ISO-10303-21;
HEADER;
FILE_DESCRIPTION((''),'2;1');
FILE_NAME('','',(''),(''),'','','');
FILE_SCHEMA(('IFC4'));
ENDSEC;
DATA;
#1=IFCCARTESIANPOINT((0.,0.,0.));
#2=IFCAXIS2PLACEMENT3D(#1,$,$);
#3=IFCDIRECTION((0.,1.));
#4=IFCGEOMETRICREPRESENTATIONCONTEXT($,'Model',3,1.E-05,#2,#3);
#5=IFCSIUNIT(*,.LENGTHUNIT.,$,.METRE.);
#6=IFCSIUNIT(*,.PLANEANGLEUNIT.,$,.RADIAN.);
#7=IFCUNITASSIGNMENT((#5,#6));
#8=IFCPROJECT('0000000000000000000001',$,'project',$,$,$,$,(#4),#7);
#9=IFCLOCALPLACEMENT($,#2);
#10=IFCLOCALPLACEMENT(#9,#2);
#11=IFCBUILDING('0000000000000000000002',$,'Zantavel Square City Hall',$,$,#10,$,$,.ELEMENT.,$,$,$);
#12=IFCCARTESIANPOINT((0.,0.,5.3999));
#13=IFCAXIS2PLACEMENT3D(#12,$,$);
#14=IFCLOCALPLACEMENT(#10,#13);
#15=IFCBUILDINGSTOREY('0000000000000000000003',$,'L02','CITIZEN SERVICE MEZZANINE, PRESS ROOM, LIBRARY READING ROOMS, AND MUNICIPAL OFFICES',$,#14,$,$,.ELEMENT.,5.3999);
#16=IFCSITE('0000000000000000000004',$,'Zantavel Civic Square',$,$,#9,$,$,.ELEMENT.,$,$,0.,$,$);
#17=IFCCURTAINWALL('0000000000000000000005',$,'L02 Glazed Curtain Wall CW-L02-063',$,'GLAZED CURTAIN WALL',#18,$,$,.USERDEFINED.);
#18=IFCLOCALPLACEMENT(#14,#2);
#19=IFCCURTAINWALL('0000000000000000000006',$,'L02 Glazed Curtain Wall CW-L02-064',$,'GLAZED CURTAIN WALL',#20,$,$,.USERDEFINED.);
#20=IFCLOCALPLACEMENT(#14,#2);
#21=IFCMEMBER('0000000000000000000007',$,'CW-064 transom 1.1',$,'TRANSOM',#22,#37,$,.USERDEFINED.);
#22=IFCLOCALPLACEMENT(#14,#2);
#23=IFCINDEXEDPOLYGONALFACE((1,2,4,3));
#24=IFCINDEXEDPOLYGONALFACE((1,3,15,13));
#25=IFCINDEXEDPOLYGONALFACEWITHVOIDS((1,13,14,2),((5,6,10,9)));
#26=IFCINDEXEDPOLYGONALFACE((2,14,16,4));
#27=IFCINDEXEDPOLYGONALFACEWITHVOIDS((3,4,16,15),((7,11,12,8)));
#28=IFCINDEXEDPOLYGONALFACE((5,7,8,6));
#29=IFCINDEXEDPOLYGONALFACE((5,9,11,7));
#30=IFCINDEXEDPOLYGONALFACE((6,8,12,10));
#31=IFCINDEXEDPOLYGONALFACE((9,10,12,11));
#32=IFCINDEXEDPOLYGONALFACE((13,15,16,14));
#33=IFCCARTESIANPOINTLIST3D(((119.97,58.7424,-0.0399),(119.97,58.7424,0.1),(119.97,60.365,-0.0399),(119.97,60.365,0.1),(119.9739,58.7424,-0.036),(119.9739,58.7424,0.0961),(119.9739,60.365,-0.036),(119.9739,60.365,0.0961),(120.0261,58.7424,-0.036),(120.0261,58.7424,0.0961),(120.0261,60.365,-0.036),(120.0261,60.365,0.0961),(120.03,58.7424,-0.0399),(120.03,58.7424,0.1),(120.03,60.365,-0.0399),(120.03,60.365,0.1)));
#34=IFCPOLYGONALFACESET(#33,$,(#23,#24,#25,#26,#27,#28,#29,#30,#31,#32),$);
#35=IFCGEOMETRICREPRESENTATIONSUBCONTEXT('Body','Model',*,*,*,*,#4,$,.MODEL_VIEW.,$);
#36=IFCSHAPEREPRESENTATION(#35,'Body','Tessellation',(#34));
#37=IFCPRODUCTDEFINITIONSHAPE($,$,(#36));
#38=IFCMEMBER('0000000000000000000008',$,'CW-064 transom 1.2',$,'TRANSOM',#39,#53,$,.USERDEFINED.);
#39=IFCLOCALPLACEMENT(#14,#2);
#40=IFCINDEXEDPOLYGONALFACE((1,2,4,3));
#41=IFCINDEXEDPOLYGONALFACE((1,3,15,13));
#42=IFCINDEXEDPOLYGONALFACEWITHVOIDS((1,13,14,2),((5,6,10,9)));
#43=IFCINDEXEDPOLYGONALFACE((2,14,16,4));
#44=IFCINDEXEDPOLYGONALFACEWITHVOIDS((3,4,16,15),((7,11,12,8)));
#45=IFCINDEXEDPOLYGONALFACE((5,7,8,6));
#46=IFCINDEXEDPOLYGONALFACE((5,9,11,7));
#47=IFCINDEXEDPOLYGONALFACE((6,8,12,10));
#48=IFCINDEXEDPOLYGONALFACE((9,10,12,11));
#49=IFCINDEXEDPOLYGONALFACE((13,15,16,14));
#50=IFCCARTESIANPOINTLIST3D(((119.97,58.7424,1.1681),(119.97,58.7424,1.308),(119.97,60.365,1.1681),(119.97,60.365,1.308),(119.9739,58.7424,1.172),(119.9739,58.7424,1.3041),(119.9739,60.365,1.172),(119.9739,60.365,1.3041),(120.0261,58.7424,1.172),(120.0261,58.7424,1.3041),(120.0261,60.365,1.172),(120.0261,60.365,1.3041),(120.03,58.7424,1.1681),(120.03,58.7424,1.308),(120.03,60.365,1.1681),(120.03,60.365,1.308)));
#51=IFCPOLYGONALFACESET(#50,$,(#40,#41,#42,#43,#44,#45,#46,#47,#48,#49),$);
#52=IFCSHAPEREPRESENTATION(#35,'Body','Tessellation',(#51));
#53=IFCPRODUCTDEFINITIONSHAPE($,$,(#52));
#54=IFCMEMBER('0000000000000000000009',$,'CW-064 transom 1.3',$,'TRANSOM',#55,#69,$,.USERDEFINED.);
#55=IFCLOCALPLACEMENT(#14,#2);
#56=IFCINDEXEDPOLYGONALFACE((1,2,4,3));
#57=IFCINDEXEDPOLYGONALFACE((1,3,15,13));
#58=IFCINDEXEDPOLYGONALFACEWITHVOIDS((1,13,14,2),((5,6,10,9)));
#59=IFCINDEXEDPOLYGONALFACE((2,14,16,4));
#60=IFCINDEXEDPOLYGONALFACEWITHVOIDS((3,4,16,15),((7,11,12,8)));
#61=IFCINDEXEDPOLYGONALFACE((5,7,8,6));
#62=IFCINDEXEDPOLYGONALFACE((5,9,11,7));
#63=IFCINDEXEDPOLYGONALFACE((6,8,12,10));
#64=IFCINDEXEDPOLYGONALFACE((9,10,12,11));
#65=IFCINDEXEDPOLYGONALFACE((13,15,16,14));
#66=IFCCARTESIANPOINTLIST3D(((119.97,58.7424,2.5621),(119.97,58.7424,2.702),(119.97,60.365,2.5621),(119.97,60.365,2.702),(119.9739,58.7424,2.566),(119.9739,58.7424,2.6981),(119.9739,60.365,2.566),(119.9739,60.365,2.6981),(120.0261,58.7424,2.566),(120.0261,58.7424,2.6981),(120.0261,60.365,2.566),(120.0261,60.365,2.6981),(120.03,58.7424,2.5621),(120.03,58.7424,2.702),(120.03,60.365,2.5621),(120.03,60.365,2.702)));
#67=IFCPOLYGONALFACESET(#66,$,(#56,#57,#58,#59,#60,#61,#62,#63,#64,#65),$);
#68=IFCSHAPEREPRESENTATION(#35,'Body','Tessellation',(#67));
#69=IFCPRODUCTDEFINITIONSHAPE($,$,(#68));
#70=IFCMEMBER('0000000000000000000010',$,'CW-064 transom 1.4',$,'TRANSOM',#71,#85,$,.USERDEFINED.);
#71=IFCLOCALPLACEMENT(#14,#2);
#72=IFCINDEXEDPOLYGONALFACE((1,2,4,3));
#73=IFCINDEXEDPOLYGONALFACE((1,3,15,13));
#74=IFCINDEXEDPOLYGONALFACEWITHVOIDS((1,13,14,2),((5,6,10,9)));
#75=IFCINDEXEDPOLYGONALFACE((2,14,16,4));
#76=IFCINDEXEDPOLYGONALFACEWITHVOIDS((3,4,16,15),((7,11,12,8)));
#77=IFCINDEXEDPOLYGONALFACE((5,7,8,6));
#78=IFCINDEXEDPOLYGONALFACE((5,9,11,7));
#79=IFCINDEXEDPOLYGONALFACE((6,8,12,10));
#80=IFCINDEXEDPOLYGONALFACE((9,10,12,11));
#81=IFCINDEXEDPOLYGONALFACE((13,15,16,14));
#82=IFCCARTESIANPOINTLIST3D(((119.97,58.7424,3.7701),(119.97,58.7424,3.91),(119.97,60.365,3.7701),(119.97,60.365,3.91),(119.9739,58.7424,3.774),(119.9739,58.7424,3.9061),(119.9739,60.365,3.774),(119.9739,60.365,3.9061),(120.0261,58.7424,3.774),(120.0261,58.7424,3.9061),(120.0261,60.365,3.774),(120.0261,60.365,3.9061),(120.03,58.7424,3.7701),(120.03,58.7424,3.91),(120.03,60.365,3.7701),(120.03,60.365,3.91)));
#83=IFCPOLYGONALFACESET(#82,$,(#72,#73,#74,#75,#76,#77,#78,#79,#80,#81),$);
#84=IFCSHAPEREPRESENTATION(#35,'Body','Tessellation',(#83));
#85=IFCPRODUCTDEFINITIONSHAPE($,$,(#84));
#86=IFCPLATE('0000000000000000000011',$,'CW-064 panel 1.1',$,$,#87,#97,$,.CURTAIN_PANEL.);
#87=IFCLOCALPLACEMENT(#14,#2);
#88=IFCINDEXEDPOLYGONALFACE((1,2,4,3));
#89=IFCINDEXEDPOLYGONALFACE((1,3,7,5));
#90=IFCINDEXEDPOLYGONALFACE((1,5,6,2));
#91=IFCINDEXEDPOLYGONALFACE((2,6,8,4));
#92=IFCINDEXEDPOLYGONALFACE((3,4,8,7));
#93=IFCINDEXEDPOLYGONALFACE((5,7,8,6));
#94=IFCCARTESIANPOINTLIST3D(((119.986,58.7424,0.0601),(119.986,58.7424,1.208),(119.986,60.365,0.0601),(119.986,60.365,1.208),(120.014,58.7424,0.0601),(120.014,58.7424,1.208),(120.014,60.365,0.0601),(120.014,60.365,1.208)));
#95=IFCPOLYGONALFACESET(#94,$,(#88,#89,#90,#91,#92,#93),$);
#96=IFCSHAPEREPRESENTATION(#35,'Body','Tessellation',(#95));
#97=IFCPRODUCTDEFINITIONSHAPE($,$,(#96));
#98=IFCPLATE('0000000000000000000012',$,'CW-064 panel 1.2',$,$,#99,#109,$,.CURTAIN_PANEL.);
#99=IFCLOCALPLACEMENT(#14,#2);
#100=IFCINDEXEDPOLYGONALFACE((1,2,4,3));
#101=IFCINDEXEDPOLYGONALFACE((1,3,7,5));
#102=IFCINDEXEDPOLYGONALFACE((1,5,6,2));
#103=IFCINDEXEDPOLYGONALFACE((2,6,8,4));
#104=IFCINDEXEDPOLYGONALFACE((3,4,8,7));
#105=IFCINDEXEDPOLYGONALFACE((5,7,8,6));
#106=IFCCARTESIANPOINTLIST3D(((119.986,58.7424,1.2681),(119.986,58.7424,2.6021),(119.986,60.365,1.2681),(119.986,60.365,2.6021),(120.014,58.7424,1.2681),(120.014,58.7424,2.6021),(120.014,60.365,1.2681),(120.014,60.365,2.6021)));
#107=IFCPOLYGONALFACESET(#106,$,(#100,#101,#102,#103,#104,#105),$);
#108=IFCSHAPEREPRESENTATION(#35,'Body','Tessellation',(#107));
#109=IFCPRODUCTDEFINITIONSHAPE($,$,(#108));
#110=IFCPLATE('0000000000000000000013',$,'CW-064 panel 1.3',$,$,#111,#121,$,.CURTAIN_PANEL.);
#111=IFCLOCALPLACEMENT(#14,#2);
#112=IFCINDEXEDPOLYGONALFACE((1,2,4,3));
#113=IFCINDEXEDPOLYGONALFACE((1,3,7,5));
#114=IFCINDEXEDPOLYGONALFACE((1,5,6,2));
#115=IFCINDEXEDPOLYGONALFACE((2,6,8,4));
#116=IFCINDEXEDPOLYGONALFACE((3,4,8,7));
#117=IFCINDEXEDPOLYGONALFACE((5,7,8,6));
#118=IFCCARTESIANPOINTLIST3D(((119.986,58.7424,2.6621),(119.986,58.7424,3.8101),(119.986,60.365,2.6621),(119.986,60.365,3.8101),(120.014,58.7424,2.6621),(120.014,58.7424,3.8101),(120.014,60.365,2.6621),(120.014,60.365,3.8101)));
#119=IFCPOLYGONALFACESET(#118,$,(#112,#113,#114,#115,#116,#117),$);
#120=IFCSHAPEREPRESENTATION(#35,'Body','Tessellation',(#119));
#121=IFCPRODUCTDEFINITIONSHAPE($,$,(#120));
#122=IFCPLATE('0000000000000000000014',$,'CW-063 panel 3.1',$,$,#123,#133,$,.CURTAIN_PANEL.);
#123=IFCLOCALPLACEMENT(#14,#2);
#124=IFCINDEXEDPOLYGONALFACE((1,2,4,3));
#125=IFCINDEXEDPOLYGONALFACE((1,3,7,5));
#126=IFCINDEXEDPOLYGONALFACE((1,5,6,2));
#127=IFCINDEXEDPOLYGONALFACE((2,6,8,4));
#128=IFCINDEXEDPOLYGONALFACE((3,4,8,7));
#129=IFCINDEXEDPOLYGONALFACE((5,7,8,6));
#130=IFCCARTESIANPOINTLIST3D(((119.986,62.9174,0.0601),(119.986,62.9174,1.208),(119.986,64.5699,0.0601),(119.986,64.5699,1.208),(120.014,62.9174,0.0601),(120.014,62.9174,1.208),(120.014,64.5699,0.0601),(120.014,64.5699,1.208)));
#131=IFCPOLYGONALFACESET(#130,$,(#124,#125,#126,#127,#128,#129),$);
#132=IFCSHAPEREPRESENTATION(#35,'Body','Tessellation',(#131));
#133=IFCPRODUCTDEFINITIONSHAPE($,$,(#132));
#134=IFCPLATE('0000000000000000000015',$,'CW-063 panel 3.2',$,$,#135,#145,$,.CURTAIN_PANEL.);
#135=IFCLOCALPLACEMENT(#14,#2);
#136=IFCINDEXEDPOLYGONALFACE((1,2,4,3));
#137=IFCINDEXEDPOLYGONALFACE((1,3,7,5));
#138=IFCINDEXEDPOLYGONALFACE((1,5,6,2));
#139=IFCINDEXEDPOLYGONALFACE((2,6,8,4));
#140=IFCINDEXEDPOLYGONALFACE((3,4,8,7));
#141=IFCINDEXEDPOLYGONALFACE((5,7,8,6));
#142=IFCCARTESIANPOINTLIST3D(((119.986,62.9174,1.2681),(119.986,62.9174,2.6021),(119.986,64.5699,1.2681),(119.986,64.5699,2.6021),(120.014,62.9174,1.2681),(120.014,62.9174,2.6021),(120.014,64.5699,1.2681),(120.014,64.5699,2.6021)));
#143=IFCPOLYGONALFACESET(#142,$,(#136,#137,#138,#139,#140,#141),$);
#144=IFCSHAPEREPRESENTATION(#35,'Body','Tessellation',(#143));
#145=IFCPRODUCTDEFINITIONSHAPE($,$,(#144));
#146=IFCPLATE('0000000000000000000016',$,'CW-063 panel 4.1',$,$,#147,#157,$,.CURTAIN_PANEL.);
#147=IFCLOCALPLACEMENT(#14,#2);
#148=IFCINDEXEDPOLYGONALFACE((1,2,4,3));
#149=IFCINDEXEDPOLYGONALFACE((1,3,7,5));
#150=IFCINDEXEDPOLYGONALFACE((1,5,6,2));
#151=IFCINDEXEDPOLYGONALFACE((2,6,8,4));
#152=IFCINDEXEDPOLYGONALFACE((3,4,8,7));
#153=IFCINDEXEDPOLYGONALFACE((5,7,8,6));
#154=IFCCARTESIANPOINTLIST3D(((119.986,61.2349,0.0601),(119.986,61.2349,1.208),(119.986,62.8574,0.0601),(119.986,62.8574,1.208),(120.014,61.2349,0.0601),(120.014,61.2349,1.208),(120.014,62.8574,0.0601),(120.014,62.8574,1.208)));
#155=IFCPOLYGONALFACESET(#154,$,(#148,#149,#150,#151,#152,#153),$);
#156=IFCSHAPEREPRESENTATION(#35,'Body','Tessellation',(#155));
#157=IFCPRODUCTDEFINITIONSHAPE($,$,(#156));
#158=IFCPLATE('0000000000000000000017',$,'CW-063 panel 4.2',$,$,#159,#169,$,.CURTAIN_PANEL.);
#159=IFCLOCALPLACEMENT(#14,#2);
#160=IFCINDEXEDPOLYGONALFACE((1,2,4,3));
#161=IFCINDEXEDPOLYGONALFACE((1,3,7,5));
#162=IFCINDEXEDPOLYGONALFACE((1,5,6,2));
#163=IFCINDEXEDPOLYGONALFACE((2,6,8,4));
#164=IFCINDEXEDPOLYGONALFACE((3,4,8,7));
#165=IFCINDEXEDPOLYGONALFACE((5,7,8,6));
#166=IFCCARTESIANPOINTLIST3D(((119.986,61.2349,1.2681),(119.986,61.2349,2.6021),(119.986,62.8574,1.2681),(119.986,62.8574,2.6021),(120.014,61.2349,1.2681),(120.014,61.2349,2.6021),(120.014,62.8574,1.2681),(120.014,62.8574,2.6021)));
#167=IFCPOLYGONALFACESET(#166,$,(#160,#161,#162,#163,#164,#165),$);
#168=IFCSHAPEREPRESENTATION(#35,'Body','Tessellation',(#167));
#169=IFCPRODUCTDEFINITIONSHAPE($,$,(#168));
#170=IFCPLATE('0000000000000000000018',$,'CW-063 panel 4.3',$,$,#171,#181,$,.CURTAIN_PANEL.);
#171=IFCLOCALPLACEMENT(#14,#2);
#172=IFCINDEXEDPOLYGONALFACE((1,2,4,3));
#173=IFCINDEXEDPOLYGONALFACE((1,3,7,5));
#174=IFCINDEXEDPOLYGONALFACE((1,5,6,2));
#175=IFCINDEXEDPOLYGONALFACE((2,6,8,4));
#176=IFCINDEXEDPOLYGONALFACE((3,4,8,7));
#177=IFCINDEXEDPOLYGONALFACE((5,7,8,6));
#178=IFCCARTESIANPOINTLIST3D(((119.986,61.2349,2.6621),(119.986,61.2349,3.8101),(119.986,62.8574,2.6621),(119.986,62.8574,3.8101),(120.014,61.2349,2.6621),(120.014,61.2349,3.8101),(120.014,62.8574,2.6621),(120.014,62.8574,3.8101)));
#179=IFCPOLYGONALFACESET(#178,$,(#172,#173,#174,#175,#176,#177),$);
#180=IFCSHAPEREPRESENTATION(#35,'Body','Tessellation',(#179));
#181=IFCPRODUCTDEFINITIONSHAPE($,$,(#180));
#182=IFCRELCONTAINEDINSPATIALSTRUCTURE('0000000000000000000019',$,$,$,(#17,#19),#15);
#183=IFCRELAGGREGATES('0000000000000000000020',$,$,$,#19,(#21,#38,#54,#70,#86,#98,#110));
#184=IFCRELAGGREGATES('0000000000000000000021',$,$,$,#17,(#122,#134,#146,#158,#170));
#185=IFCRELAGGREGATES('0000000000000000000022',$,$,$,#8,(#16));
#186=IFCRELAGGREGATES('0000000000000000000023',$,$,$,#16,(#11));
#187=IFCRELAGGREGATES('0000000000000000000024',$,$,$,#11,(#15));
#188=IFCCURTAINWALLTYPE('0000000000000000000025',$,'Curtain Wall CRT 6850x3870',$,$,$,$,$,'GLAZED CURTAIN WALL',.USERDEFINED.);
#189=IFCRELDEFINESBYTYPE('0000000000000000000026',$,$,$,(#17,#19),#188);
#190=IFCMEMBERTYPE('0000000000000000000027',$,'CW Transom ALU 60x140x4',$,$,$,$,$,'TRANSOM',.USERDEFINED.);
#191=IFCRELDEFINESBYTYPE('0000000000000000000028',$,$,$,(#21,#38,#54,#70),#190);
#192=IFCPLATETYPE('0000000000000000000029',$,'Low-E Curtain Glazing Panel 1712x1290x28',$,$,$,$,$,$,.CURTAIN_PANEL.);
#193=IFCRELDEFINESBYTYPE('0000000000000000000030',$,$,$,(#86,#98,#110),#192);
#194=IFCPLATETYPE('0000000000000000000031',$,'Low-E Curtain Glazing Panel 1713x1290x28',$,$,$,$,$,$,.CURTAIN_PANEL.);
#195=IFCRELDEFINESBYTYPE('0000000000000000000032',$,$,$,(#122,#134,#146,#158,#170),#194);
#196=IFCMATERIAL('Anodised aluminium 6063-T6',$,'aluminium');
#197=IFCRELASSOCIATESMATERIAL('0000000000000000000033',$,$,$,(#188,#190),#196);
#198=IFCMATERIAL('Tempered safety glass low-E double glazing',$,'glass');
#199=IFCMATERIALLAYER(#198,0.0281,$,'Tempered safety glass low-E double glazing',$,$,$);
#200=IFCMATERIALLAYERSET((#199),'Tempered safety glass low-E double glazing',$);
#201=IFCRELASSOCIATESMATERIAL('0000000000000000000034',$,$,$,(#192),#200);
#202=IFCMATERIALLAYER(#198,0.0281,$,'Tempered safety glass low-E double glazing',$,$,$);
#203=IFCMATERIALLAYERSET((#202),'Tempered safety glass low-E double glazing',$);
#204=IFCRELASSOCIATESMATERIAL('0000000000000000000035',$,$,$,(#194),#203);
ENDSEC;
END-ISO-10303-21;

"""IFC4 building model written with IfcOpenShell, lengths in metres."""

from ifc_helpers import new_model, si_unit, direction, frame, origin, origin_2d, place, context, subcontext, project, spatial, rectangle, hollow_rectangle, extrude, material, layer, layer_set, material_profile, profile_set, type_object, element, aggregate, save


model = new_model("IFC4")

# Units and contexts
model_context = context("Model", 3, precision=1e-05, world=origin(), true_north=direction((0.0, 1.0)))
body_context = subcontext(model_context, "Body", "Model", "MODEL_VIEW")
ifc_project = project(units=[si_unit("LENGTHUNIT", "METRE"), si_unit("PLANEANGLEUNIT", "RADIAN")], contexts=[model_context])

# Site, building, storey
site_placement = place(None, origin())
site = spatial("IfcSite", under=ifc_project, at=site_placement, Name="Zantavel Civic Square", CompositionType="ELEMENT", RefElevation=0.0)
building_placement = place(site_placement, origin())
building = spatial("IfcBuilding", under=site, at=building_placement, Name="Zantavel Square City Hall", CompositionType="ELEMENT")
storey_placement = place(building_placement, frame((0.0, 0.0, 5.3999)))
storey = spatial("IfcBuildingStorey", under=building, at=storey_placement, Name="L02", Description="CITIZEN SERVICE MEZZANINE, PRESS ROOM, LIBRARY READING ROOMS, AND MUNICIPAL OFFICES", CompositionType="ELEMENT", Elevation=5.3999)

# Curtain wall
ifc_material_1 = material(Name="Anodised aluminium 6063-T6", Category="aluminium")
curtain_wall_type = type_object("IfcCurtainWallType", Name="Curtain Wall CRT 6850x3870", ElementType="GLAZED CURTAIN WALL", PredefinedType="USERDEFINED", material=ifc_material_1)
curtain_wall_1_placement = place(storey_placement, origin())
curtain_wall_1 = element("IfcCurtainWall", 1, at=curtain_wall_1_placement, inside=storey, type_object=curtain_wall_type, Name="L02 Glazed Curtain Wall CW-L02-063", ObjectType="GLAZED CURTAIN WALL", PredefinedType="USERDEFINED")

# Curtain wall
curtain_wall_2_placement = place(storey_placement, origin())
curtain_wall_2 = element("IfcCurtainWall", 2, at=curtain_wall_2_placement, inside=storey, type_object=curtain_wall_type, Name="L02 Glazed Curtain Wall CW-L02-064", ObjectType="GLAZED CURTAIN WALL", PredefinedType="USERDEFINED")

# Members
ifc_material_profile_1 = material_profile(ifc_material_1, hollow_rectangle(XDim=0.0601, YDim=0.1399, WallThickness=0.0039, at=origin_2d()), Name="ALU 60x140x4")
ifc_profile_set_1 = profile_set([ifc_material_profile_1], Name="Anodised aluminium 6063-T6")
member_type_1 = type_object("IfcMemberType", Name="CW Transom ALU 60x140x4", ElementType="TRANSOM", PredefinedType="USERDEFINED", material=ifc_profile_set_1)
member_1_placement = place(storey_placement, frame((120.0, 60.365, 0.03), z_axis=(0.0, -1.0, 0.0), x_axis=(1.0, 0.0, 0.0)))
member_1 = element("IfcMember", 3, at=member_1_placement, type_object=member_type_1, Name="CW-064 transom 1.1", ObjectType="TRANSOM", PredefinedType="USERDEFINED", context=body_context, shape_type="SweptSolid", body=[
    extrude(hollow_rectangle(XDim=0.0601, YDim=0.1399, WallThickness=0.0039, at=origin_2d()), origin(), (0.0, 0.0, 1.0), 1.6226),
])
member_2_placement = place(storey_placement, frame((120.0, 60.365, 1.238), z_axis=(0.0, -1.0, 0.0), x_axis=(1.0, 0.0, 0.0)))
member_2 = element("IfcMember", 4, at=member_2_placement, type_object=member_type_1, Name="CW-064 transom 1.2", ObjectType="TRANSOM", PredefinedType="USERDEFINED", context=body_context, shape_type="SweptSolid", body=[
    extrude(hollow_rectangle(XDim=0.0601, YDim=0.1399, WallThickness=0.0039, at=origin_2d()), origin(), (0.0, 0.0, 1.0), 1.6226),
])
member_3_placement = place(storey_placement, frame((120.0, 60.365, 2.6321), z_axis=(0.0, -1.0, 0.0), x_axis=(1.0, 0.0, 0.0)))
member_3 = element("IfcMember", 5, at=member_3_placement, type_object=member_type_1, Name="CW-064 transom 1.3", ObjectType="TRANSOM", PredefinedType="USERDEFINED", context=body_context, shape_type="SweptSolid", body=[
    extrude(hollow_rectangle(XDim=0.0601, YDim=0.1399, WallThickness=0.0039, at=origin_2d()), origin(), (0.0, 0.0, 1.0), 1.6226),
])
member_4_placement = place(storey_placement, frame((120.0, 60.365, 3.8401), z_axis=(0.0, -1.0, 0.0), x_axis=(1.0, 0.0, 0.0)))
member_4 = element("IfcMember", 6, at=member_4_placement, type_object=member_type_1, Name="CW-064 transom 1.4", ObjectType="TRANSOM", PredefinedType="USERDEFINED", context=body_context, shape_type="SweptSolid", body=[
    extrude(hollow_rectangle(XDim=0.0601, YDim=0.1399, WallThickness=0.0039, at=origin_2d()), origin(), (0.0, 0.0, 1.0), 1.6226),
])

# Plates
ifc_material_2 = material(Name="Tempered safety glass low-E double glazing", Category="glass")
ifc_layer_1 = layer(ifc_material_2, 0.0281, Name="Tempered safety glass low-E double glazing")
ifc_layer_set_1 = layer_set([ifc_layer_1], Name="Tempered safety glass low-E double glazing")
plate_type_1 = type_object("IfcPlateType", Name="Low-E Curtain Glazing Panel 1712x1290x28", PredefinedType="CURTAIN_PANEL", material=ifc_layer_set_1)
plate_1_placement = place(storey_placement, frame((120.0, 59.5537, 0.0601), z_axis=(0.0, 0.0, 1.0), x_axis=(0.0, -1.0, 0.0)))
plate_1 = element("IfcPlate", 7, at=plate_1_placement, type_object=plate_type_1, Name="CW-064 panel 1.1", PredefinedType="CURTAIN_PANEL", context=body_context, shape_type="SweptSolid", body=[
    extrude(rectangle(XDim=1.6226, YDim=0.0281, at=origin_2d()), origin(), (0.0, 0.0, 1.0), 1.1479),
])
plate_2_placement = place(storey_placement, frame((120.0, 59.5537, 1.2681), z_axis=(0.0, 0.0, 1.0), x_axis=(0.0, -1.0, 0.0)))
plate_2 = element("IfcPlate", 8, at=plate_2_placement, type_object=plate_type_1, Name="CW-064 panel 1.2", PredefinedType="CURTAIN_PANEL", context=body_context, shape_type="SweptSolid", body=[
    extrude(rectangle(XDim=1.6226, YDim=0.0281, at=origin_2d()), origin(), (0.0, 0.0, 1.0), 1.334),
])
plate_3_placement = place(storey_placement, frame((120.0, 59.5537, 2.6621), z_axis=(0.0, 0.0, 1.0), x_axis=(0.0, -1.0, 0.0)))
plate_3 = element("IfcPlate", 9, at=plate_3_placement, type_object=plate_type_1, Name="CW-064 panel 1.3", PredefinedType="CURTAIN_PANEL", context=body_context, shape_type="SweptSolid", body=[
    extrude(rectangle(XDim=1.6226, YDim=0.0281, at=origin_2d()), origin(), (0.0, 0.0, 1.0), 1.1479),
])
aggregate(curtain_wall_2, [member_1, member_2, member_3, member_4, plate_1, plate_2, plate_3])
ifc_layer_2 = layer(ifc_material_2, 0.0281, Name="Tempered safety glass low-E double glazing")
ifc_layer_set_2 = layer_set([ifc_layer_2], Name="Tempered safety glass low-E double glazing")
plate_type_2 = type_object("IfcPlateType", Name="Low-E Curtain Glazing Panel 1713x1290x28", PredefinedType="CURTAIN_PANEL", material=ifc_layer_set_2)
plate_4_placement = place(storey_placement, frame((120.0, 63.7437, 0.0601), z_axis=(0.0, 0.0, 1.0), x_axis=(0.0, -1.0, 0.0)))
plate_4 = element("IfcPlate", 10, at=plate_4_placement, type_object=plate_type_2, Name="CW-063 panel 3.1", PredefinedType="CURTAIN_PANEL", context=body_context, shape_type="SweptSolid", body=[
    extrude(rectangle(XDim=1.6526, YDim=0.0281, at=origin_2d()), origin(), (0.0, 0.0, 1.0), 1.1479),
])
plate_5_placement = place(storey_placement, frame((120.0, 63.7437, 1.2681), z_axis=(0.0, 0.0, 1.0), x_axis=(0.0, -1.0, 0.0)))
plate_5 = element("IfcPlate", 11, at=plate_5_placement, type_object=plate_type_2, Name="CW-063 panel 3.2", PredefinedType="CURTAIN_PANEL", context=body_context, shape_type="SweptSolid", body=[
    extrude(rectangle(XDim=1.6526, YDim=0.0281, at=origin_2d()), origin(), (0.0, 0.0, 1.0), 1.334),
])
plate_6_placement = place(storey_placement, frame((120.0, 62.0461, 0.0601), z_axis=(0.0, 0.0, 1.0), x_axis=(0.0, -1.0, 0.0)))
plate_6 = element("IfcPlate", 12, at=plate_6_placement, type_object=plate_type_2, Name="CW-063 panel 4.1", PredefinedType="CURTAIN_PANEL", context=body_context, shape_type="SweptSolid", body=[
    extrude(rectangle(XDim=1.6226, YDim=0.0281, at=origin_2d()), origin(), (0.0, 0.0, 1.0), 1.1479),
])
plate_7_placement = place(storey_placement, frame((120.0, 62.0461, 1.2681), z_axis=(0.0, 0.0, 1.0), x_axis=(0.0, -1.0, 0.0)))
plate_7 = element("IfcPlate", 13, at=plate_7_placement, type_object=plate_type_2, Name="CW-063 panel 4.2", PredefinedType="CURTAIN_PANEL", context=body_context, shape_type="SweptSolid", body=[
    extrude(rectangle(XDim=1.6226, YDim=0.0281, at=origin_2d()), origin(), (0.0, 0.0, 1.0), 1.334),
])
plate_8_placement = place(storey_placement, frame((120.0, 62.0461, 2.6621), z_axis=(0.0, 0.0, 1.0), x_axis=(0.0, -1.0, 0.0)))
plate_8 = element("IfcPlate", 14, at=plate_8_placement, type_object=plate_type_2, Name="CW-063 panel 4.3", PredefinedType="CURTAIN_PANEL", context=body_context, shape_type="SweptSolid", body=[
    extrude(rectangle(XDim=1.6226, YDim=0.0281, at=origin_2d()), origin(), (0.0, 0.0, 1.0), 1.1479),
])
aggregate(curtain_wall_1, [plate_4, plate_5, plate_6, plate_7, plate_8])

save(model, "model.ifc")
